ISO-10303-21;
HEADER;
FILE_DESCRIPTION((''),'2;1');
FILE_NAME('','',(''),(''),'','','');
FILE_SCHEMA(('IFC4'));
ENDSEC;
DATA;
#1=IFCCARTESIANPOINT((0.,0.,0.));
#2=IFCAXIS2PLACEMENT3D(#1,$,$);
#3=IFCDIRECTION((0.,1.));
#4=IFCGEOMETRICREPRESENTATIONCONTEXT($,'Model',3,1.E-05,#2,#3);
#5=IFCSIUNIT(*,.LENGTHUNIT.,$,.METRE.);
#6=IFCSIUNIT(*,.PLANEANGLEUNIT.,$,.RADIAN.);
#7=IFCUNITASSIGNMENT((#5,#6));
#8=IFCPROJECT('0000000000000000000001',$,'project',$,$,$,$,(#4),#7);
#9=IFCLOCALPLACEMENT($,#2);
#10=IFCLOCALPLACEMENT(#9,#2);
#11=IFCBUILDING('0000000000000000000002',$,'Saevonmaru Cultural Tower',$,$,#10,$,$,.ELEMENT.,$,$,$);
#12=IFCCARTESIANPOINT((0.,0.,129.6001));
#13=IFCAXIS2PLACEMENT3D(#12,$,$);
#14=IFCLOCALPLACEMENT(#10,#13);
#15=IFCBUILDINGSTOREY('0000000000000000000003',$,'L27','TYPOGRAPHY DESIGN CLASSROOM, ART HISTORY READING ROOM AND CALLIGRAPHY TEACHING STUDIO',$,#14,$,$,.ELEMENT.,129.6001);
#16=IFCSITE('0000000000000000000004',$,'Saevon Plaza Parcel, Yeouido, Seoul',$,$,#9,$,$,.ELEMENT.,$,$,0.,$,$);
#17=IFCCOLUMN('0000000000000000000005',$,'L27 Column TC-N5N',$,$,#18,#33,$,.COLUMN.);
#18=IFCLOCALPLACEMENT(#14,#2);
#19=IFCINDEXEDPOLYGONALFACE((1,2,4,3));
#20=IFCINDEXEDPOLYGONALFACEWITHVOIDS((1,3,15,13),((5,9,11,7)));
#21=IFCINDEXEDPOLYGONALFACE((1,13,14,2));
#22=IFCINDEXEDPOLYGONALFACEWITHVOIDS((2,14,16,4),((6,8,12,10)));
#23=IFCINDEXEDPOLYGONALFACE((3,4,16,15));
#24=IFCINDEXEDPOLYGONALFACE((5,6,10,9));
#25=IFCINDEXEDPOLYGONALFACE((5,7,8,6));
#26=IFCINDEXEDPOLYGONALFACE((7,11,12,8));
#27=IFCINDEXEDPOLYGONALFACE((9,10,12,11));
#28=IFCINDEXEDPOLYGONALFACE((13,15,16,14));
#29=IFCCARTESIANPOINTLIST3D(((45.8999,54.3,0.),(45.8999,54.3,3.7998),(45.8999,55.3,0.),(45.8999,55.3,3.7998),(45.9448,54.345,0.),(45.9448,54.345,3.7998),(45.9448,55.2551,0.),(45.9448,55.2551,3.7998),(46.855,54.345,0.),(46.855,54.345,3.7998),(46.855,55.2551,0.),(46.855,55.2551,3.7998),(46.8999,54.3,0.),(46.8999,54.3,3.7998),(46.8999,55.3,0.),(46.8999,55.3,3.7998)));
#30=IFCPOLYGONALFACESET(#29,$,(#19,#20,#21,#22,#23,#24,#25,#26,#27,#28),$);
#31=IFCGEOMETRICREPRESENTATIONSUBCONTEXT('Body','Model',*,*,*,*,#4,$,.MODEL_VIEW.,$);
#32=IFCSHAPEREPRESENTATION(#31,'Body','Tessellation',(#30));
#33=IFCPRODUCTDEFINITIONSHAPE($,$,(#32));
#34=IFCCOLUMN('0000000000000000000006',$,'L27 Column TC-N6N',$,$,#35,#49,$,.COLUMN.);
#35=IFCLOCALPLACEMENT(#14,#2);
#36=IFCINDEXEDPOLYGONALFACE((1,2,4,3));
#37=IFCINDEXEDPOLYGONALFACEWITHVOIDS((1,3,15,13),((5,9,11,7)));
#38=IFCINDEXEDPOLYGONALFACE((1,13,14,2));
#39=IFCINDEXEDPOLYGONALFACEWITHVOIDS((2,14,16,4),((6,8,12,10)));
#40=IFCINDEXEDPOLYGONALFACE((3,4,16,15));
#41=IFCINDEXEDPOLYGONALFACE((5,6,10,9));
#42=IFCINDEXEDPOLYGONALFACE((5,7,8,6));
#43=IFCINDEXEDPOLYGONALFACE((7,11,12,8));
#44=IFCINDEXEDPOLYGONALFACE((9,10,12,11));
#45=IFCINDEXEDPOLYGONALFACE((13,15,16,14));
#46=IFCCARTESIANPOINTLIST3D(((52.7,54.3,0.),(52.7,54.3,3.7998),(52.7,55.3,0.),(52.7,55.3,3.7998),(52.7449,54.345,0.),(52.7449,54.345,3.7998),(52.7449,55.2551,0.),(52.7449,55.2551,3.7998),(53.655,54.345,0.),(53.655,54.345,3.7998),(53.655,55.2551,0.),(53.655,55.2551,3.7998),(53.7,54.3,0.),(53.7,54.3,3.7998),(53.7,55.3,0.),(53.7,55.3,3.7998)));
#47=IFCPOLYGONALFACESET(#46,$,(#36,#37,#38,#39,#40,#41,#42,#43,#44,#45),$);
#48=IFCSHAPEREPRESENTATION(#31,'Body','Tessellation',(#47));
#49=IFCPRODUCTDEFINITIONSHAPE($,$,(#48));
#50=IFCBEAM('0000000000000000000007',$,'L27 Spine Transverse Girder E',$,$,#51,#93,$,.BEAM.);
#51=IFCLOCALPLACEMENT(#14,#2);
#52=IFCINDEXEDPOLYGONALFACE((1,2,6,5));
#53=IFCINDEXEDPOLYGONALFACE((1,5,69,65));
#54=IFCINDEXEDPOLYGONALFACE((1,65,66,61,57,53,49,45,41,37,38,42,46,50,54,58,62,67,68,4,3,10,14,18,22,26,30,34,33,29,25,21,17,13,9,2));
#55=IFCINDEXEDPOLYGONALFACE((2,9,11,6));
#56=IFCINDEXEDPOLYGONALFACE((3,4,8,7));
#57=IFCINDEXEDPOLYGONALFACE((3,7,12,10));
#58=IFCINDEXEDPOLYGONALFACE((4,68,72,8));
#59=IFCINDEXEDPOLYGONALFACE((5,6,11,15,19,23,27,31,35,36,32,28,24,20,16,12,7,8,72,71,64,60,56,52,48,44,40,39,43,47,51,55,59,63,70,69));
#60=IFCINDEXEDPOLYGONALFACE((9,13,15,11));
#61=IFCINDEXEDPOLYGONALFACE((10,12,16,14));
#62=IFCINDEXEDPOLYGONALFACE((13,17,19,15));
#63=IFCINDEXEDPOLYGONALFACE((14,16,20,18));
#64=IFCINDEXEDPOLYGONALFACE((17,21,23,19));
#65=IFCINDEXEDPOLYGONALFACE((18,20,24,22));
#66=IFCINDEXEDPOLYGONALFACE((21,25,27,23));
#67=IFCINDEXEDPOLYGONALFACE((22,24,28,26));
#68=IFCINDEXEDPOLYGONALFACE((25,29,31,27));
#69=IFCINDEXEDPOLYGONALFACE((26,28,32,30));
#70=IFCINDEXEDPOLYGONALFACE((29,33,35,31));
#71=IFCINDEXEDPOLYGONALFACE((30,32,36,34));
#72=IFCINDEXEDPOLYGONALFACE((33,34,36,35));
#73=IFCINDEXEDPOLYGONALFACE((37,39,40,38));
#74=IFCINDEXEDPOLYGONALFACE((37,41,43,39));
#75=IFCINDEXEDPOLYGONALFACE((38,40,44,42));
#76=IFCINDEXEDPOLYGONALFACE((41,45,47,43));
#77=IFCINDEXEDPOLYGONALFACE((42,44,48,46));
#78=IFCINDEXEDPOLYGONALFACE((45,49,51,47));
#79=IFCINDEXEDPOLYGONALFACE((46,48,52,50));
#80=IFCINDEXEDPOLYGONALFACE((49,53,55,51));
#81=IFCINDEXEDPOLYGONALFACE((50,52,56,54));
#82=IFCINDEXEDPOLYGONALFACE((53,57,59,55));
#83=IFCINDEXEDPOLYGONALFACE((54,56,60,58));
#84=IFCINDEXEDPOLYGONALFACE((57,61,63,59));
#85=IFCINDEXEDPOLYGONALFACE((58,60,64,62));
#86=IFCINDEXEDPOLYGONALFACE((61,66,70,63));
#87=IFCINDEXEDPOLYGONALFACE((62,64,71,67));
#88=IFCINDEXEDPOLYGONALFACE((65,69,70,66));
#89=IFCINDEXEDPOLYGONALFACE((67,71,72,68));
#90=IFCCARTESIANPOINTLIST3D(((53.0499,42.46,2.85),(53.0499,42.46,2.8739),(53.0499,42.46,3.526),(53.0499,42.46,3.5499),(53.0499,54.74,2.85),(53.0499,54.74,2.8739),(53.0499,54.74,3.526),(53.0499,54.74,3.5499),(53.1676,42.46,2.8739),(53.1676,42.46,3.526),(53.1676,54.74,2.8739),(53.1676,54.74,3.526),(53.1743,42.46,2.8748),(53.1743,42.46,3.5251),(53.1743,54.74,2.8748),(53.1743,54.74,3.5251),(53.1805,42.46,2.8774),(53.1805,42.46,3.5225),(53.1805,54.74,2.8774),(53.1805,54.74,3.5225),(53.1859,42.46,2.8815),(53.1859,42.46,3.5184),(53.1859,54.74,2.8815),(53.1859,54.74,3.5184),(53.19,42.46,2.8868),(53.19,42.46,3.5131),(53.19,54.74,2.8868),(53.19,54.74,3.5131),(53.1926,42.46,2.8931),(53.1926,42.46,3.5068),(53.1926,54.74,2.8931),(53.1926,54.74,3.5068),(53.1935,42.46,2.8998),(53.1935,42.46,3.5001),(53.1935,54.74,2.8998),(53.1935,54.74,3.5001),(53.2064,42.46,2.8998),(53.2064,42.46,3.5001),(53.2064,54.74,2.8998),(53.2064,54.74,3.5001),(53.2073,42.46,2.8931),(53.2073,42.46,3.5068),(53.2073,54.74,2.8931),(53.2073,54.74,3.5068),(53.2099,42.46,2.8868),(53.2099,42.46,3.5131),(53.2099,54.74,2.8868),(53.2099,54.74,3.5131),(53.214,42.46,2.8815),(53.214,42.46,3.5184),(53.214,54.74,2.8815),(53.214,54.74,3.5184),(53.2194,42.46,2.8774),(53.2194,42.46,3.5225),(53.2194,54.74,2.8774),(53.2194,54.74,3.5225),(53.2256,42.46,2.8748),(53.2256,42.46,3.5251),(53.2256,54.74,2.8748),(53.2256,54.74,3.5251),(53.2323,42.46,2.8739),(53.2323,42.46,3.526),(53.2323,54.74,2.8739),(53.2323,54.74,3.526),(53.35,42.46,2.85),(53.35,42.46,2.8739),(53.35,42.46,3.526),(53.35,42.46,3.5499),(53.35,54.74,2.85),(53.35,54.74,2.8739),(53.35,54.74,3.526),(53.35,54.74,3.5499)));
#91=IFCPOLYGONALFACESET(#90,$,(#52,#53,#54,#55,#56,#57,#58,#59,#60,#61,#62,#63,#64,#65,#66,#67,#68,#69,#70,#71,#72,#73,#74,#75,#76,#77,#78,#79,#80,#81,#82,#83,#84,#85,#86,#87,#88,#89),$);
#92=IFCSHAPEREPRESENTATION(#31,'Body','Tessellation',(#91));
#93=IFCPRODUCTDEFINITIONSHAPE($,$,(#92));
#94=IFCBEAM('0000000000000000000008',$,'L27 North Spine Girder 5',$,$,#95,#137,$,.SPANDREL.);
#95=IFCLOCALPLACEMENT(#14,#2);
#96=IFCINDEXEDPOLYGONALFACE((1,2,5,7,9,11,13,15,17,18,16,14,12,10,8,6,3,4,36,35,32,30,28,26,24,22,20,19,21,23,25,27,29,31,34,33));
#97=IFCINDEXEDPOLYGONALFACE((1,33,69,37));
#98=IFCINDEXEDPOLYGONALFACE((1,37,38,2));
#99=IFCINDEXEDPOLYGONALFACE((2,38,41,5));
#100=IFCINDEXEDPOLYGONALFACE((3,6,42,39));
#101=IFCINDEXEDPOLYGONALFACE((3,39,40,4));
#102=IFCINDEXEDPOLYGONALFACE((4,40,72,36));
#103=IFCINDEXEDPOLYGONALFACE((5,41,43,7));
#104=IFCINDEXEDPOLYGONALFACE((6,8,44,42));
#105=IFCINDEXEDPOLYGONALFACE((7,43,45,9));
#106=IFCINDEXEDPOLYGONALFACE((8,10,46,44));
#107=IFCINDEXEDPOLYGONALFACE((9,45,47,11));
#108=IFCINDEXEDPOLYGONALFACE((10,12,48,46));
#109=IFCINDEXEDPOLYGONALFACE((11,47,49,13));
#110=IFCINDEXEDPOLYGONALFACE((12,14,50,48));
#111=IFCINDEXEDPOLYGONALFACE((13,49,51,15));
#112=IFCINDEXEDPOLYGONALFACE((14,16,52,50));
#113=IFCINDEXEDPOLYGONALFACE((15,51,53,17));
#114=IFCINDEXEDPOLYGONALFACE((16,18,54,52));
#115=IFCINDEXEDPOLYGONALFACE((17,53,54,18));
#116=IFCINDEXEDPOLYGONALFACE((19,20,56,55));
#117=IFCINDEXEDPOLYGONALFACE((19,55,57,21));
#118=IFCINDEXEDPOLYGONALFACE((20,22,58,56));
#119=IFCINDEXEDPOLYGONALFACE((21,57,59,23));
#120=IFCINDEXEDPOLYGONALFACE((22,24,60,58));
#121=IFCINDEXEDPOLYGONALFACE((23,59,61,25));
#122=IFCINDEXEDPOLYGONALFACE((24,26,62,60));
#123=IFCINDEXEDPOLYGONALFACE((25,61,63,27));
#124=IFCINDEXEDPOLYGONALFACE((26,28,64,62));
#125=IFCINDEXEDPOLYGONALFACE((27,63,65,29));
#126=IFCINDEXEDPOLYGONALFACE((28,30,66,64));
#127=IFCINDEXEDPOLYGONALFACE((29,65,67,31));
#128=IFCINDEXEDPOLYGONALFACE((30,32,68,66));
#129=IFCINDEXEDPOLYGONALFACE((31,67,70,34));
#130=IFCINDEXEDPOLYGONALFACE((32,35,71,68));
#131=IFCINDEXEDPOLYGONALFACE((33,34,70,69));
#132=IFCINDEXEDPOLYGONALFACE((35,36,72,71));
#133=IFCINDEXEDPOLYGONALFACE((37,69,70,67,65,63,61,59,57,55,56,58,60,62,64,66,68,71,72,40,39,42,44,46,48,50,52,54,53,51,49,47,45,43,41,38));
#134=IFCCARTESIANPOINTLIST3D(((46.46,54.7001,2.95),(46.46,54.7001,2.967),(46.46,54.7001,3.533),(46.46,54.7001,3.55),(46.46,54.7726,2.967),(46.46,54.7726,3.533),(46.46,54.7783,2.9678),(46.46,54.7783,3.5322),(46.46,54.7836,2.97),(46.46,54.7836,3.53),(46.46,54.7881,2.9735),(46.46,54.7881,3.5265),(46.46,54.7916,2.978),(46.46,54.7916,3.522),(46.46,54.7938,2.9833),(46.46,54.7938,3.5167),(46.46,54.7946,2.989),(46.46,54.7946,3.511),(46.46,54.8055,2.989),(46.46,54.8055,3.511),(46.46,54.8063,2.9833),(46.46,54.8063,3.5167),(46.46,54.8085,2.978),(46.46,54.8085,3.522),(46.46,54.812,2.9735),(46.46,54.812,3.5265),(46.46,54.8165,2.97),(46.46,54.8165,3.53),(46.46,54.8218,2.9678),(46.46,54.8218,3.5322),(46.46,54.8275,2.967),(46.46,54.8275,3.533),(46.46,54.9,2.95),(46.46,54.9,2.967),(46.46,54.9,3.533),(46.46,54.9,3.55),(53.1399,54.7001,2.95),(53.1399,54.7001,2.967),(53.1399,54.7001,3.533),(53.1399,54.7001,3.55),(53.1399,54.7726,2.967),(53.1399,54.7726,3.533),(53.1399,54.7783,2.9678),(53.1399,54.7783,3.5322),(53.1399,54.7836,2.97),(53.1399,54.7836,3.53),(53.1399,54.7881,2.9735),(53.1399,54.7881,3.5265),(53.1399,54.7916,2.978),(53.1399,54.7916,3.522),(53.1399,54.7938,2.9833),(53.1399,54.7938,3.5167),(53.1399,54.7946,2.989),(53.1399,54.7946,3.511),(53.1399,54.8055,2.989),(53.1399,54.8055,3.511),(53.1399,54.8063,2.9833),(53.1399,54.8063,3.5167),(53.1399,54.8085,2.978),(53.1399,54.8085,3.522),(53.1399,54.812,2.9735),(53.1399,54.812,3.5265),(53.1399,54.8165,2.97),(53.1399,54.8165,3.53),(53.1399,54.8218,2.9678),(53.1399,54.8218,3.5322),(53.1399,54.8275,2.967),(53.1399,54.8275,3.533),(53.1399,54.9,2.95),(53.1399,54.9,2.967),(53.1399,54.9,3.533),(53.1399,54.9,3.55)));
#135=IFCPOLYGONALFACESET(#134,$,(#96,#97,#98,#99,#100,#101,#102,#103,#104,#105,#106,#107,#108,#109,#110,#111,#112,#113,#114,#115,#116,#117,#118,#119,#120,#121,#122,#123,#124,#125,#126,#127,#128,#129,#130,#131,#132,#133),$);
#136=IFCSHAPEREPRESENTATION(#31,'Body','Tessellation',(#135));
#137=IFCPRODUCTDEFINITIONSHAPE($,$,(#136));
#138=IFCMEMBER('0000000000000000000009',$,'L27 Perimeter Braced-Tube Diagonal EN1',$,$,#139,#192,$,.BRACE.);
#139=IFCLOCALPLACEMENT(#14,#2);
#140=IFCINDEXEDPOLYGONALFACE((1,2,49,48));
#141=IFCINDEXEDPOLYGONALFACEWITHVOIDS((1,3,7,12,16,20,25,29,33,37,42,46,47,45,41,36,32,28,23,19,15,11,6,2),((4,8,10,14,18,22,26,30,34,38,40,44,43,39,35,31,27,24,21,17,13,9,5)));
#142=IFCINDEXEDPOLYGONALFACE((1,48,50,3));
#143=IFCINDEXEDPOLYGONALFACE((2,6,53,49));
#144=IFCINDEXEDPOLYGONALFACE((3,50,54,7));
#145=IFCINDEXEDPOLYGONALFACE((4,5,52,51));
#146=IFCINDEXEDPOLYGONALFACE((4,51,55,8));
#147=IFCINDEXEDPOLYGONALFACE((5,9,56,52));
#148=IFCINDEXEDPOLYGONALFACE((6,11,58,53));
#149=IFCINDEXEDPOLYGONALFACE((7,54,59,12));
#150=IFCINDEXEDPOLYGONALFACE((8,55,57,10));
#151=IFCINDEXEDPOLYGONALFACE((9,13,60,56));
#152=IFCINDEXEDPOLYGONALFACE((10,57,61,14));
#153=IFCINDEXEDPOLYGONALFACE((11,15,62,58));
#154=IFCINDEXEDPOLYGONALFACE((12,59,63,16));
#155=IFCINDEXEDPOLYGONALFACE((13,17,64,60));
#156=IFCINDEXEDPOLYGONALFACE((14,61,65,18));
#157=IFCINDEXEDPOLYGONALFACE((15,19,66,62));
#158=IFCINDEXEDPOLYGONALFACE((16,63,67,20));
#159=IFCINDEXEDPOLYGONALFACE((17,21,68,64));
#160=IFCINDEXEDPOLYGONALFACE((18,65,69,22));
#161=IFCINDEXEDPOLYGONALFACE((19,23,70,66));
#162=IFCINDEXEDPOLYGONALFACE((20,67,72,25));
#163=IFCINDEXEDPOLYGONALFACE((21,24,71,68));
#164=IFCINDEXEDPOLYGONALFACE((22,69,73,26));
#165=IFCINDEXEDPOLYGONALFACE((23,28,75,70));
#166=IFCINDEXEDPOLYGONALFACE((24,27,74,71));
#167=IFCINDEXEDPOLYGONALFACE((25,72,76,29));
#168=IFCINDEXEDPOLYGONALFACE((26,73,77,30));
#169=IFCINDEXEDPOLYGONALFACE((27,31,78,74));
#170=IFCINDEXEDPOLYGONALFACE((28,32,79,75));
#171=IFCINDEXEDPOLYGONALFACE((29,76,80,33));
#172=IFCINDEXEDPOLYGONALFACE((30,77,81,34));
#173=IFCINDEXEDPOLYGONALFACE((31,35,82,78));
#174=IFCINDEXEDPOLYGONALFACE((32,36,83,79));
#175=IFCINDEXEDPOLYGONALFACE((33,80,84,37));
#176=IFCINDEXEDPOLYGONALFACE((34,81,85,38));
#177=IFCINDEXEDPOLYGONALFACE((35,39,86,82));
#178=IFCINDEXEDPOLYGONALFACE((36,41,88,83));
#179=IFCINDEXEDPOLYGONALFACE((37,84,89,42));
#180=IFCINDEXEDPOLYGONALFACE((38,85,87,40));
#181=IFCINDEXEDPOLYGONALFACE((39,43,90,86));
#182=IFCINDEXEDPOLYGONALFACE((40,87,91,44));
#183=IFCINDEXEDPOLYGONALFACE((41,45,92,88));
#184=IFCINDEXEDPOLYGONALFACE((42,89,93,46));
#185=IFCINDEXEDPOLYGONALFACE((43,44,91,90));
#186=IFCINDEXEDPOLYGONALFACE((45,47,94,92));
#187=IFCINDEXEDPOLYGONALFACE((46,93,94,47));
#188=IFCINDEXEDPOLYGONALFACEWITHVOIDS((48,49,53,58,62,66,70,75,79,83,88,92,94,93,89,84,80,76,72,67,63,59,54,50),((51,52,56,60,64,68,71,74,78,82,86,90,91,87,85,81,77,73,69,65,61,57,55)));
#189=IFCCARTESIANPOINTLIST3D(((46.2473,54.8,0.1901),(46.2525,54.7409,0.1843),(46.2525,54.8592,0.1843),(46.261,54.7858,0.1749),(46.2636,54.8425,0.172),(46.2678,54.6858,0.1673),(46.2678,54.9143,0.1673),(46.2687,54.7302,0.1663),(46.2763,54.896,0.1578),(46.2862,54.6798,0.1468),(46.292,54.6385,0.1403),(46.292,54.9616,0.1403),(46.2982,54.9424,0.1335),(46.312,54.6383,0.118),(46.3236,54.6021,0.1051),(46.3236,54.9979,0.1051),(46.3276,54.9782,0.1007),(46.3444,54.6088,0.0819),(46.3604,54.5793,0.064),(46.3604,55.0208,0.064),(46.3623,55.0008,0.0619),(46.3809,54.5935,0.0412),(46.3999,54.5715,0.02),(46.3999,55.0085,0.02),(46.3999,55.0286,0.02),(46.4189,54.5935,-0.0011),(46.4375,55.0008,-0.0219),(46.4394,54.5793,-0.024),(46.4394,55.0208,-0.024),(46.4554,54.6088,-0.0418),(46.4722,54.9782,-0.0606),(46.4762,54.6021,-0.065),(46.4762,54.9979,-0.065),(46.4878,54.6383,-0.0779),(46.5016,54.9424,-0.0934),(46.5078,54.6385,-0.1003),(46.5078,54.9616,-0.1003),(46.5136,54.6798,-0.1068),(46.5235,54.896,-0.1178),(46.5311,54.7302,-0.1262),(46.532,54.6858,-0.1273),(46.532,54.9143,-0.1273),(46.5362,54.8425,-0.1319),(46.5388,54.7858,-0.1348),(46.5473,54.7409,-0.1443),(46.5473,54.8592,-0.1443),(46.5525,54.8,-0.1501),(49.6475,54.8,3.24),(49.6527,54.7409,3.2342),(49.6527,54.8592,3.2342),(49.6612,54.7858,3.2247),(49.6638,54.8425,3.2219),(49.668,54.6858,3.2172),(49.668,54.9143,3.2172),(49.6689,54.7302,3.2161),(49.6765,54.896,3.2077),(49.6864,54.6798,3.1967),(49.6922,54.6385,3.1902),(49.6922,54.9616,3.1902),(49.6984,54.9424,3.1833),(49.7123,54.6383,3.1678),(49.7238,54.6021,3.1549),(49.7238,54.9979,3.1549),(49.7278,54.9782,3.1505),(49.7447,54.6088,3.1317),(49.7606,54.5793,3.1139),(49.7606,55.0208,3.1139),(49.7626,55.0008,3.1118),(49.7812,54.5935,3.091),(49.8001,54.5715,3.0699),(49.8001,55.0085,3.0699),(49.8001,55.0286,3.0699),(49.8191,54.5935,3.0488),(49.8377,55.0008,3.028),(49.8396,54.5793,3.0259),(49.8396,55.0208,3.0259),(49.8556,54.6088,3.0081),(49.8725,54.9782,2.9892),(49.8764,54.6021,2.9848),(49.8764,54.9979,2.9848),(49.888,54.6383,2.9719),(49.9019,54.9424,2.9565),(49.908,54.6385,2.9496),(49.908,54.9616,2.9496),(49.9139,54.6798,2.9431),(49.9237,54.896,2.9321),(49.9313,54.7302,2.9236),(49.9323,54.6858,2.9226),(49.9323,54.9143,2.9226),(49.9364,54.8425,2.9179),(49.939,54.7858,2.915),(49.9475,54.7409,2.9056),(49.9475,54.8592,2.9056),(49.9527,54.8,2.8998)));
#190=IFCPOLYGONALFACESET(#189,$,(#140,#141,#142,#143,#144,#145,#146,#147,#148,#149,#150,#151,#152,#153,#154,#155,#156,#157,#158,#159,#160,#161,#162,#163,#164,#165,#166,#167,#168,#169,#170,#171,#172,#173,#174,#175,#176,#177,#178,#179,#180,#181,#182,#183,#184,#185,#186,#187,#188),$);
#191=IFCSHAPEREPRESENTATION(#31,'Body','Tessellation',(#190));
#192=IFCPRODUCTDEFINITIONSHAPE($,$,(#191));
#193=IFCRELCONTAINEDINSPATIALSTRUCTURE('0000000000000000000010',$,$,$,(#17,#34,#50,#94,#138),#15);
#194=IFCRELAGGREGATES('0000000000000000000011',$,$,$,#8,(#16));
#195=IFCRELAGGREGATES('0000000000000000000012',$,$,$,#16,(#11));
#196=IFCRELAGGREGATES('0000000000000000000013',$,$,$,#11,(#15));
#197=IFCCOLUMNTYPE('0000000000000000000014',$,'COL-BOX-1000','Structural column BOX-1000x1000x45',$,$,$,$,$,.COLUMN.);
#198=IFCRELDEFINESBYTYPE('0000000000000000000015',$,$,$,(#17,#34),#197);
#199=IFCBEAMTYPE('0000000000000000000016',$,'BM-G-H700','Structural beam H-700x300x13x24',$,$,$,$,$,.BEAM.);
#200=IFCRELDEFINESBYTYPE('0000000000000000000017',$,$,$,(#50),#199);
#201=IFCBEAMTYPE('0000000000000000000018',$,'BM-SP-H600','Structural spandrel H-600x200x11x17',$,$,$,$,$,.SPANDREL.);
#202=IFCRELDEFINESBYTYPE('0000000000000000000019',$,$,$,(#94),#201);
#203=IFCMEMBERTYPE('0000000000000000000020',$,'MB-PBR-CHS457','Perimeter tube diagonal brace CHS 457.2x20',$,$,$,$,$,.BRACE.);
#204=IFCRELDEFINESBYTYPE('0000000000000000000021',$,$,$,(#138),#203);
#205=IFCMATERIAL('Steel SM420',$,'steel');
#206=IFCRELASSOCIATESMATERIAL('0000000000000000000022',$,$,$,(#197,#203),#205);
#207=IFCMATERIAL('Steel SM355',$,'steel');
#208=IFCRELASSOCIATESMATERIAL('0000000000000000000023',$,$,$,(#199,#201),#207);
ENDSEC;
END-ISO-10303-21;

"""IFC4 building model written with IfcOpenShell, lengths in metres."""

from ifc_helpers import new_model, si_unit, direction, frame, origin, origin_2d, place, context, subcontext, project, spatial, hollow_rectangle, hollow_circle, i_section, extrude, material, material_profile, profile_set, type_object, element, save


model = new_model("IFC4")

# Units and contexts
model_context = context("Model", 3, precision=1e-05, world=origin(), true_north=direction((0.0, 1.0)))
body_context = subcontext(model_context, "Body", "Model", "MODEL_VIEW")
ifc_project = project(units=[si_unit("LENGTHUNIT", "METRE"), si_unit("PLANEANGLEUNIT", "RADIAN")], contexts=[model_context])

# Site, building, storey
site_placement = place(None, origin())
site = spatial("IfcSite", under=ifc_project, at=site_placement, Name="Saevon Plaza Parcel, Yeouido, Seoul", CompositionType="ELEMENT", RefElevation=0.0)
building_placement = place(site_placement, origin())
building = spatial("IfcBuilding", under=site, at=building_placement, Name="Saevonmaru Cultural Tower", CompositionType="ELEMENT")
storey_placement = place(building_placement, frame((0.0, 0.0, 129.6001)))
storey = spatial("IfcBuildingStorey", under=building, at=storey_placement, Name="L27", Description="TYPOGRAPHY DESIGN CLASSROOM, ART HISTORY READING ROOM AND CALLIGRAPHY TEACHING STUDIO", CompositionType="ELEMENT", Elevation=129.6001)

# Columns
ifc_material_1 = material(Name="Steel SM420", Category="steel")
ifc_material_profile_1 = material_profile(ifc_material_1, hollow_rectangle(XDim=1.0, YDim=1.0, WallThickness=0.0449, at=origin_2d()), Name="BOX-1000x1000x45")
ifc_profile_set_1 = profile_set([ifc_material_profile_1], Name="Steel SM420")
column_type = type_object("IfcColumnType", Name="COL-BOX-1000", Description="Structural column BOX-1000x1000x45", PredefinedType="COLUMN", material=ifc_profile_set_1)
for number, where, z_axis, x_axis, name in (
    (1, (46.3999, 54.8, 0.0), (0.0, 0.0, 1.0), (1.0, 0.0, 0.0), "L27 Column TC-N5N"),
    (2, (53.2, 54.8, 0.0), (0.0, 0.0, 1.0), (1.0, 0.0, 0.0), "L27 Column TC-N6N"),
):
    element("IfcColumn", number, at=place(storey_placement, frame(where, z_axis=z_axis, x_axis=x_axis)), inside=storey, type_object=column_type, Name=name, PredefinedType="COLUMN", context=body_context, shape_type="SweptSolid", body=[
        extrude(hollow_rectangle(XDim=1.0, YDim=1.0, WallThickness=0.0449, at=origin_2d()), origin(), (0.0, 0.0, 1.0), 3.7998),
    ])

# Beams
ifc_material_2 = material(Name="Steel SM355", Category="steel")
ifc_material_profile_2 = material_profile(ifc_material_2, i_section(OverallWidth=0.3, OverallDepth=0.7, WebThickness=0.0129, FlangeThickness=0.0239, FilletRadius=0.0259, at=origin_2d()), Name="H-700x300x13x24")
ifc_profile_set_2 = profile_set([ifc_material_profile_2], Name="Steel SM355")
beam_type_1 = type_object("IfcBeamType", Name="BM-G-H700", Description="Structural beam H-700x300x13x24", PredefinedType="BEAM", material=ifc_profile_set_2)
beam_1_placement = place(storey_placement, frame((53.2, 54.74, 3.2), z_axis=(0.0, -1.0, 0.0), x_axis=(1.0, 0.0, 0.0)))
element("IfcBeam", 3, at=beam_1_placement, inside=storey, type_object=beam_type_1, Name="L27 Spine Transverse Girder E", PredefinedType="BEAM", context=body_context, shape_type="SweptSolid", body=[
    extrude(i_section(OverallWidth=0.3, OverallDepth=0.7, WebThickness=0.0129, FlangeThickness=0.0239, FilletRadius=0.0259, at=origin_2d()), origin(), (0.0, 0.0, 1.0), 12.28),
])
ifc_material_profile_3 = material_profile(ifc_material_2, i_section(OverallWidth=0.2, OverallDepth=0.6001, WebThickness=0.011, FlangeThickness=0.0171, FilletRadius=0.022, at=origin_2d()), Name="H-600x200x11x17")
ifc_profile_set_3 = profile_set([ifc_material_profile_3], Name="Steel SM355")
beam_type_2 = type_object("IfcBeamType", Name="BM-SP-H600", Description="Structural spandrel H-600x200x11x17", PredefinedType="SPANDREL", material=ifc_profile_set_3)
beam_2_placement = place(storey_placement, frame((46.46, 54.8, 3.25), z_axis=(1.0, 0.0, 0.0), x_axis=(0.0, 1.0, 0.0)))
element("IfcBeam", 4, at=beam_2_placement, inside=storey, type_object=beam_type_2, Name="L27 North Spine Girder 5", PredefinedType="SPANDREL", context=body_context, shape_type="SweptSolid", body=[
    extrude(i_section(OverallWidth=0.2, OverallDepth=0.6001, WebThickness=0.011, FlangeThickness=0.0171, FilletRadius=0.022, at=origin_2d()), origin(), (0.0, 0.0, 1.0), 6.6799),
])

# Member
ifc_material_profile_4 = material_profile(ifc_material_1, hollow_circle(Radius=0.2285, WallThickness=0.02, at=origin_2d()), Name="CHS-457.2x20")
ifc_profile_set_4 = profile_set([ifc_material_profile_4], Name="Steel SM420")
member_type_1 = type_object("IfcMemberType", Name="MB-PBR-CHS457", Description="Perimeter tube diagonal brace CHS 457.2x20", PredefinedType="BRACE", material=ifc_profile_set_4)
member_1_placement = place(storey_placement, frame((46.3999, 54.8, 0.02), z_axis=(0.744417, 0.0, 0.667715), x_axis=(0.0, 1.0, 0.0)))
element("IfcMember", 5, at=member_1_placement, inside=storey, type_object=member_type_1, Name="L27 Perimeter Braced-Tube Diagonal EN1", PredefinedType="BRACE", context=body_context, shape_type="SweptSolid", body=[
    extrude(hollow_circle(Radius=0.2285, WallThickness=0.02, at=origin_2d()), origin(), (0.0, 0.0, 1.0), 4.5676),
])

save(model, "model.ifc")
